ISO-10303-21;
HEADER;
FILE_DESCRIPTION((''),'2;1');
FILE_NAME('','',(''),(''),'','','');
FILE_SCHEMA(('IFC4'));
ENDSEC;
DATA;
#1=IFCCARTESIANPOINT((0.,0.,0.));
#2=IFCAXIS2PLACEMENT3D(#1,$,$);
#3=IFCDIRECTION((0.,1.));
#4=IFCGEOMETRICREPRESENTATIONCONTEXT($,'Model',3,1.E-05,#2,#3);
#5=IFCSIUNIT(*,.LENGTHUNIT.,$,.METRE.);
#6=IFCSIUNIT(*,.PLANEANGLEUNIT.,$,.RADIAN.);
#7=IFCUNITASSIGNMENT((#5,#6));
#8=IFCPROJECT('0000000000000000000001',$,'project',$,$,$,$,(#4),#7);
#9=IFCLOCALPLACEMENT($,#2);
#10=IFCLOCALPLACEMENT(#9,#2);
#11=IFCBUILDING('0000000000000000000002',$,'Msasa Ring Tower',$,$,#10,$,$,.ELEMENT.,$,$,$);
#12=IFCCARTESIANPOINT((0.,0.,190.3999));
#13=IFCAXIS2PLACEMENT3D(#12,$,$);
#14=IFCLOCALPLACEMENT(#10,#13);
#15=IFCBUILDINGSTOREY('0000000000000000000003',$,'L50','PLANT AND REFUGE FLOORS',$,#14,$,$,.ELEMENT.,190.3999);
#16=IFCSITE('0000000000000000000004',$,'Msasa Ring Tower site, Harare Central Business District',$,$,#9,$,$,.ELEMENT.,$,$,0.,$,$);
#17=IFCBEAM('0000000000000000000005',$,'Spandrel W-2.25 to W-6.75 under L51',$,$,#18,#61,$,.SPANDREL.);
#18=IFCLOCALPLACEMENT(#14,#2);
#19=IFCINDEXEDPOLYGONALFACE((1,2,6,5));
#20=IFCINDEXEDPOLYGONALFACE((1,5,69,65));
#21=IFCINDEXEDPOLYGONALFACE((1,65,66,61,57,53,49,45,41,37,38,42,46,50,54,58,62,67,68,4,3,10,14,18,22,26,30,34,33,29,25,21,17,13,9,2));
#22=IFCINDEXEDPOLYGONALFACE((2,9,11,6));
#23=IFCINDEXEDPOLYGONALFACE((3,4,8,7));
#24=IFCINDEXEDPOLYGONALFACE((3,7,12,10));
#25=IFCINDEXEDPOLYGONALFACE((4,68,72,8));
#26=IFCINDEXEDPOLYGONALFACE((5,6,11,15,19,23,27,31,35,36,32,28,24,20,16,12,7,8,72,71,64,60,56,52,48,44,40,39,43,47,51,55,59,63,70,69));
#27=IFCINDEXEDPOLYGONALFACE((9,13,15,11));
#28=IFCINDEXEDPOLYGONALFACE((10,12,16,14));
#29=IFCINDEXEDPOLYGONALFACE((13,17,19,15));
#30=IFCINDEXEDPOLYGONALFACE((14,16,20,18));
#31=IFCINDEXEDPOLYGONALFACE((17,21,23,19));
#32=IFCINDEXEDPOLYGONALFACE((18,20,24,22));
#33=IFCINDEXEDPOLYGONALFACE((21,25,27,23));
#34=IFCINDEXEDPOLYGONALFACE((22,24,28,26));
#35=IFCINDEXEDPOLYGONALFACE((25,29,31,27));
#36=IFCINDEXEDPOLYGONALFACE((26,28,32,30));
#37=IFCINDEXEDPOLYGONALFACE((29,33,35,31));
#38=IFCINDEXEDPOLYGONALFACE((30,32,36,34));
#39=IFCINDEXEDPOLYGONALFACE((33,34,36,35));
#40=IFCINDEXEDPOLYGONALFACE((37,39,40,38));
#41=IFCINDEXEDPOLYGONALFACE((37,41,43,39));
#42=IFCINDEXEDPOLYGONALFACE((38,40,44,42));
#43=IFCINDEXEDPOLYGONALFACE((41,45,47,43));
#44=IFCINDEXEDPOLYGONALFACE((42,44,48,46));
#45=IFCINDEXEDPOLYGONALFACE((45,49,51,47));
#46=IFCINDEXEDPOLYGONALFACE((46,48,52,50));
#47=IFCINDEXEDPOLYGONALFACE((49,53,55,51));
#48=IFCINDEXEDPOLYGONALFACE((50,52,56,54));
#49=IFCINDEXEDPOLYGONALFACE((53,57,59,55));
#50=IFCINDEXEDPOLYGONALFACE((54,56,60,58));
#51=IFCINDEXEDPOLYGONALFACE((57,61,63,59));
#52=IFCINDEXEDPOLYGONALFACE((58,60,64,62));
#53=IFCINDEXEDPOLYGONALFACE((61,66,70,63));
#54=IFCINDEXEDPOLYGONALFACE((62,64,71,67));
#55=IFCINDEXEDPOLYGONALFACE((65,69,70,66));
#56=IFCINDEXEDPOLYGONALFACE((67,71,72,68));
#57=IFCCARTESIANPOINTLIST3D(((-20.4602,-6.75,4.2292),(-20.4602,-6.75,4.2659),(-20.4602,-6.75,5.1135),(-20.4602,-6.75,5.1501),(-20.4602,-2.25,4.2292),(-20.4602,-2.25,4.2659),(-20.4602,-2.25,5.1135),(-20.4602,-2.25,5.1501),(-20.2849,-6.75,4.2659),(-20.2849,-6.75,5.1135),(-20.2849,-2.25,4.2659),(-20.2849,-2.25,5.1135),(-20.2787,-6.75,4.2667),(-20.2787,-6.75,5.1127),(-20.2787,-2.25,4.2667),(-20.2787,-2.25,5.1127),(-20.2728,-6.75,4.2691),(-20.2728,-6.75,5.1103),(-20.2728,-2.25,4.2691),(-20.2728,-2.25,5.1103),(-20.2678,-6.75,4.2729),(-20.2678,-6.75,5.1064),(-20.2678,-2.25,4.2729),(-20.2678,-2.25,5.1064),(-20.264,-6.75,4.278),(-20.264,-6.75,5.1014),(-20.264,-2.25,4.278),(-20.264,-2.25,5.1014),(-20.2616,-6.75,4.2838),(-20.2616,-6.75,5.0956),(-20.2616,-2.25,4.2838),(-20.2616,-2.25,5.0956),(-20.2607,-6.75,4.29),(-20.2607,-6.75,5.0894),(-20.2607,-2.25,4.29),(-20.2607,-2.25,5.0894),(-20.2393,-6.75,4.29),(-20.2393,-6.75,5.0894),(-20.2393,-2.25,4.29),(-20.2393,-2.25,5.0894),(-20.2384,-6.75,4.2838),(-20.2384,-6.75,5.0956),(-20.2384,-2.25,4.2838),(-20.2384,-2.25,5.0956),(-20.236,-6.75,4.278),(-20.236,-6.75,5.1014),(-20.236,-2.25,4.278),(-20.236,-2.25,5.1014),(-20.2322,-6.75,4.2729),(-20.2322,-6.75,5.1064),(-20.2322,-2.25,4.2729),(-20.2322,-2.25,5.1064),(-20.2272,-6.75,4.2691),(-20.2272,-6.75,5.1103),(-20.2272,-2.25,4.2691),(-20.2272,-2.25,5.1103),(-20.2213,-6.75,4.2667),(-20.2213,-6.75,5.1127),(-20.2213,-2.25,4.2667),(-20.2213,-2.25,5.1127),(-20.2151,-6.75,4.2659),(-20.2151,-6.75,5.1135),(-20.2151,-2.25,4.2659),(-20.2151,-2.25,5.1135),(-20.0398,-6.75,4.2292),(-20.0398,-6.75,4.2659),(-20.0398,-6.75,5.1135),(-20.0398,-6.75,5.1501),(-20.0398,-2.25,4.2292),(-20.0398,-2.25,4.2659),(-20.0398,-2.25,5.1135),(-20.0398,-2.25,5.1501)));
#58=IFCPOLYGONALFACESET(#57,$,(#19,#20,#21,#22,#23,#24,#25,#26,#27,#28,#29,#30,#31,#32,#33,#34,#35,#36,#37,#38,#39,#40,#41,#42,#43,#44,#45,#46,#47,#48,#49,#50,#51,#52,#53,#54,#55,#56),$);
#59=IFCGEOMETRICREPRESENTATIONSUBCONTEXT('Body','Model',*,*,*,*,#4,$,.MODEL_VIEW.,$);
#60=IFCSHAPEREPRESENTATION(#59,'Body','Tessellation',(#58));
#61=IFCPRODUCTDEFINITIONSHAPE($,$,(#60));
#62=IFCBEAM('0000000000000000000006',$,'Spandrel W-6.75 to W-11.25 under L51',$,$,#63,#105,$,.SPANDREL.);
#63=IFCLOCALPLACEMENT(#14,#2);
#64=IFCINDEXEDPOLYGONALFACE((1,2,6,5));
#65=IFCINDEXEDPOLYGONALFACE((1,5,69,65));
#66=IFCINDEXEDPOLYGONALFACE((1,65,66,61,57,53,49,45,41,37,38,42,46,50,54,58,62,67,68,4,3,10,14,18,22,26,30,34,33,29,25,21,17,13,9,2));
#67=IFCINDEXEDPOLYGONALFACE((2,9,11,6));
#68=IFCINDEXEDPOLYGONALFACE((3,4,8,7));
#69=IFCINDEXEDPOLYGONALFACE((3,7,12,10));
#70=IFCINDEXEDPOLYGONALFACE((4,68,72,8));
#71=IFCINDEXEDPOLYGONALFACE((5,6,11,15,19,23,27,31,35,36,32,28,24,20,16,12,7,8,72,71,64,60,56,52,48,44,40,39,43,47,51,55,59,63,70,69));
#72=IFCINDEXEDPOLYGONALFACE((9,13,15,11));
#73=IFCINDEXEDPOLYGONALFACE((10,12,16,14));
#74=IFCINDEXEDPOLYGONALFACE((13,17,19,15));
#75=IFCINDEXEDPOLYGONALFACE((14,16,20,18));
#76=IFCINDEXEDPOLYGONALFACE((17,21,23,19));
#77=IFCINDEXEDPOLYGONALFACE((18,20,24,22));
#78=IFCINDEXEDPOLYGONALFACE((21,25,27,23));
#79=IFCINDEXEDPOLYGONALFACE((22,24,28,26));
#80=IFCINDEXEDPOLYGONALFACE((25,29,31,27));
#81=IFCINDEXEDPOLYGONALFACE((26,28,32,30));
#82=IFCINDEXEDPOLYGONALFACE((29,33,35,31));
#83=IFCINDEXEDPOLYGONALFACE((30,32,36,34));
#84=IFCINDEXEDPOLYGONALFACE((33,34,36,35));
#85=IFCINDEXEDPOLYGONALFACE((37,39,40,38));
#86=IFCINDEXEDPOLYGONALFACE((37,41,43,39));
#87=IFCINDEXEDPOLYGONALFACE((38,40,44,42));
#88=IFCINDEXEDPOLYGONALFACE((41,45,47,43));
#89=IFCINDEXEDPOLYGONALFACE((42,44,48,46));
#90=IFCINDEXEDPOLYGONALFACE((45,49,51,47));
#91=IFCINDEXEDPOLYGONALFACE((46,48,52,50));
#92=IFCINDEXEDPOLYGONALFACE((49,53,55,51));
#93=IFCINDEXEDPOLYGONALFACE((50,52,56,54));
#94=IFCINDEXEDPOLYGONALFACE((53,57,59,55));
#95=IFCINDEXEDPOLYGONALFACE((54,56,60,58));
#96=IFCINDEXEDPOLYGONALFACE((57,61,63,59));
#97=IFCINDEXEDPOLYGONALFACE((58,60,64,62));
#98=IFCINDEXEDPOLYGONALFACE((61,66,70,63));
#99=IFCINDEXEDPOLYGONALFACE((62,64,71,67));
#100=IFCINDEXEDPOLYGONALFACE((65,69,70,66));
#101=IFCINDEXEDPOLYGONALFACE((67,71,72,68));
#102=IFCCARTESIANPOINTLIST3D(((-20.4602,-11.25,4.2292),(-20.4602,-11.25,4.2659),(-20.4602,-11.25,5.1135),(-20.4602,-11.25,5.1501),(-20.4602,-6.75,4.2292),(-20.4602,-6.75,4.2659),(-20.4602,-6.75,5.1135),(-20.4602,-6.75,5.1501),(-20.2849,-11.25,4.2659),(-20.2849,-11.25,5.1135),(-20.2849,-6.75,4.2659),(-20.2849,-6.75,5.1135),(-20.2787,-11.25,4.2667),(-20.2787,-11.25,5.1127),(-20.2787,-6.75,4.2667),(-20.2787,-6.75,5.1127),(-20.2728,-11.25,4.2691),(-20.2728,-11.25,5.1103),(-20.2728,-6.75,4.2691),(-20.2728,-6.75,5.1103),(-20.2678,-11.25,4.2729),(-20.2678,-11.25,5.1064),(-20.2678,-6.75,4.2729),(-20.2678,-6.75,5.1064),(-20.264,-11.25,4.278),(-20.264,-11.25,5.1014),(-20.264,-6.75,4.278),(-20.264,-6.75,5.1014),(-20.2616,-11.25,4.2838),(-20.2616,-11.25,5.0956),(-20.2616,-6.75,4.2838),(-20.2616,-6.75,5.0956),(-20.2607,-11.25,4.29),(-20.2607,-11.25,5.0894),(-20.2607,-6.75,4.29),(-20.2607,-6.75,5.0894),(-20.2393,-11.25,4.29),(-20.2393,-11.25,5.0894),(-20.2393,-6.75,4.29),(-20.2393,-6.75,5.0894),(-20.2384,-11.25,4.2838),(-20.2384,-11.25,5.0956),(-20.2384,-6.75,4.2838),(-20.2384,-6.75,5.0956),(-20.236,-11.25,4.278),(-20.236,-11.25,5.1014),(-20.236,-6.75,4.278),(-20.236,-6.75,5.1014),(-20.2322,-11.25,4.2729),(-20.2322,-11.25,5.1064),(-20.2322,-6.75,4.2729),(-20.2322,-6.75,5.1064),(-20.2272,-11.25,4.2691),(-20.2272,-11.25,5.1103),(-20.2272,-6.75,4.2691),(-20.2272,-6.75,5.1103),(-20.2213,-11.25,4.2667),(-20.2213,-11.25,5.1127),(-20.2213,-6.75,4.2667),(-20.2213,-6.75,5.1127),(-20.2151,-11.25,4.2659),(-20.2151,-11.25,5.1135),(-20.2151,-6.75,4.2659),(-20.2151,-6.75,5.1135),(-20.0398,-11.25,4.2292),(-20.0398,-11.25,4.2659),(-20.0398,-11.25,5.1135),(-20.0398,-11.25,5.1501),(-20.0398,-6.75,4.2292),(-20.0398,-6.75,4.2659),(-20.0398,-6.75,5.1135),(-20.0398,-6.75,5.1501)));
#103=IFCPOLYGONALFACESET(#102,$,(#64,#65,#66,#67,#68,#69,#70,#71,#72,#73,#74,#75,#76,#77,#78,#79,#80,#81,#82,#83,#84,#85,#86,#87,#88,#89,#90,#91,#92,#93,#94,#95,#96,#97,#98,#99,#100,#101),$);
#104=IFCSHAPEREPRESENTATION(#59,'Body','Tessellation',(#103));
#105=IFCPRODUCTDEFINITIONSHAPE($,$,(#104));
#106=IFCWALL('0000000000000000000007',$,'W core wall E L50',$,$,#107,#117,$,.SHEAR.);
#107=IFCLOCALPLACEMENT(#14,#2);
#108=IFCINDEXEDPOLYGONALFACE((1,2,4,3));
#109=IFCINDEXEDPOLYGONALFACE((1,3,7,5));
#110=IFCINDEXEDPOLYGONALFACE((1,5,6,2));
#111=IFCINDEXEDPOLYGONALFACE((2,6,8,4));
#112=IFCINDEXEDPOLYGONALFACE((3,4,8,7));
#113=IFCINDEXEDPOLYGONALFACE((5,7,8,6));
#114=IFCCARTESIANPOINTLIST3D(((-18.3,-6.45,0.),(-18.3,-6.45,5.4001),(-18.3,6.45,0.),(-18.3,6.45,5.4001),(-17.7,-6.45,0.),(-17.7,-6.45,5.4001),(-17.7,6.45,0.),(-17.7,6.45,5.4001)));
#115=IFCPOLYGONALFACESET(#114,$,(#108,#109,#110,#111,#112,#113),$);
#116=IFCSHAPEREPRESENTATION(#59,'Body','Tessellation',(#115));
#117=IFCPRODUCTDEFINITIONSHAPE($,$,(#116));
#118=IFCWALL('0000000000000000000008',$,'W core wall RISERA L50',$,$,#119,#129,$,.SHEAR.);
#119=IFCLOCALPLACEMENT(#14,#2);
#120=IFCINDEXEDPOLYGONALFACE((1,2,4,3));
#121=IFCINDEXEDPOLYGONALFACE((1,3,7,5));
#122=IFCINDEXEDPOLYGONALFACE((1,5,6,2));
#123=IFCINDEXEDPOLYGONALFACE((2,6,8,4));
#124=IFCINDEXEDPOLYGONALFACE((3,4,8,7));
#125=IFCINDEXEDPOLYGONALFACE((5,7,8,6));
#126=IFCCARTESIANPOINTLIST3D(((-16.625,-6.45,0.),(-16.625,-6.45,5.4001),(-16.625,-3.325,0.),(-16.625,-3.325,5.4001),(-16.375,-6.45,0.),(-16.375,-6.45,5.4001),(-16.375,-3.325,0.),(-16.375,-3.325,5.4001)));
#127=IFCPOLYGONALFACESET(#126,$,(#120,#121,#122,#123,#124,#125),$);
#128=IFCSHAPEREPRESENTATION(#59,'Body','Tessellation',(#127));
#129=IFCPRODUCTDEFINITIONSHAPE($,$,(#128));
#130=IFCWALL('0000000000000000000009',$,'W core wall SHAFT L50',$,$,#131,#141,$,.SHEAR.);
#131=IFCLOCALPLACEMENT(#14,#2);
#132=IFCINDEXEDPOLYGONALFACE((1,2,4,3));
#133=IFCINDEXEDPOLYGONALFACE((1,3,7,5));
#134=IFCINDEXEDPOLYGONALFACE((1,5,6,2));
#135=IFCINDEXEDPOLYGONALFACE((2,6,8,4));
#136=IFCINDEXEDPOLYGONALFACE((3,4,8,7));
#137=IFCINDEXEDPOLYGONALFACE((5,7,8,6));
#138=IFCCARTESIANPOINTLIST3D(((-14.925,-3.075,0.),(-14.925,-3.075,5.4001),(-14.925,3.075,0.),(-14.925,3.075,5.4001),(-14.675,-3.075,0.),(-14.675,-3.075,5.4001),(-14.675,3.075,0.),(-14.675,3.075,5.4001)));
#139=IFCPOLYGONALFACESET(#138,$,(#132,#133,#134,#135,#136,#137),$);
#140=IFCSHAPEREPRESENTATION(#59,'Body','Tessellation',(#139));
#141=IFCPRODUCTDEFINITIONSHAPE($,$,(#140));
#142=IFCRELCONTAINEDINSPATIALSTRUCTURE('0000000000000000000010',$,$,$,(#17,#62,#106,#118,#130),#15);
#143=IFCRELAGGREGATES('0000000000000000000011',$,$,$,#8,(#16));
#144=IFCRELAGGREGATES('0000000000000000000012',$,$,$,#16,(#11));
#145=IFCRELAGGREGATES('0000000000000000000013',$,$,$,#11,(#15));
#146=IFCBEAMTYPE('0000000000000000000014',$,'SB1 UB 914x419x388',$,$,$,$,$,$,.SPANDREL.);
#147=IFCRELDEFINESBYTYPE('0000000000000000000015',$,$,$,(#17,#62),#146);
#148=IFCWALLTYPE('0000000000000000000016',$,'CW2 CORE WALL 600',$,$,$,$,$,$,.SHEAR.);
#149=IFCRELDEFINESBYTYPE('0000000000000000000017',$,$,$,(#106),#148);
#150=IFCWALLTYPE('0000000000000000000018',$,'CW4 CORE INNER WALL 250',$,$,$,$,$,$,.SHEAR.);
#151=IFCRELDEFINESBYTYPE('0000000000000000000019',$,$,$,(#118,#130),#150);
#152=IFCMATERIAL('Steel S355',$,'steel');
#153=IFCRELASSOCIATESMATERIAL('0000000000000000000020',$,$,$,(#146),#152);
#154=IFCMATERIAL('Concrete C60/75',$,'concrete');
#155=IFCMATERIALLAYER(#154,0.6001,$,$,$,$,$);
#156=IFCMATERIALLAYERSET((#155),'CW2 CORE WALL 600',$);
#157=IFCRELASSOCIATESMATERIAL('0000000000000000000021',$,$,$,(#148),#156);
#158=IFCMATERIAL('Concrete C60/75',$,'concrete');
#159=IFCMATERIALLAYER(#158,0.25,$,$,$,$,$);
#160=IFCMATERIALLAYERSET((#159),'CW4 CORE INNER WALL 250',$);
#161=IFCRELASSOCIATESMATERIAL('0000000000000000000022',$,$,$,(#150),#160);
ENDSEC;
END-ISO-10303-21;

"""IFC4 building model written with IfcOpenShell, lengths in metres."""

from ifc_helpers import new_model, si_unit, direction, frame, frame_2d, origin, origin_2d, place, context, subcontext, project, spatial, rectangle, i_section, extrude, material, layer, layer_set, material_profile, profile_set, type_object, element, save


model = new_model("IFC4")

# Units and contexts
model_context = context("Model", 3, precision=1e-05, world=origin(), true_north=direction((0.0, 1.0)))
body_context = subcontext(model_context, "Body", "Model", "MODEL_VIEW")
ifc_project = project(units=[si_unit("LENGTHUNIT", "METRE"), si_unit("PLANEANGLEUNIT", "RADIAN")], contexts=[model_context])

# Site, building, storey
site_placement = place(None, origin())
site = spatial("IfcSite", under=ifc_project, at=site_placement, Name="Msasa Ring Tower site, Harare Central Business District", CompositionType="ELEMENT", RefElevation=0.0)
building_placement = place(site_placement, origin())
building = spatial("IfcBuilding", under=site, at=building_placement, Name="Msasa Ring Tower", CompositionType="ELEMENT")
storey_placement = place(building_placement, frame((0.0, 0.0, 190.3999)))
storey = spatial("IfcBuildingStorey", under=building, at=storey_placement, Name="L50", Description="PLANT AND REFUGE FLOORS", CompositionType="ELEMENT", Elevation=190.3999)

# Beams
ifc_material_1 = material(Name="Steel S355", Category="steel")
ifc_material_profile_1 = material_profile(ifc_material_1, i_section(OverallWidth=0.4204, OverallDepth=0.9209, WebThickness=0.0215, FlangeThickness=0.0366, FilletRadius=0.0242, at=origin_2d()), Name="UB 914x419x388")
ifc_profile_set_1 = profile_set([ifc_material_profile_1], Name="Steel S355")
beam_type_1 = type_object("IfcBeamType", Name="SB1 UB 914x419x388", PredefinedType="SPANDREL", material=ifc_profile_set_1)
for number, where, z_axis, x_axis, name in (
    (1, (-20.25, -2.25, 4.6897), (0.0, -1.0, 0.0), (1.0, 0.0, 0.0), "Spandrel W-2.25 to W-6.75 under L51"),
    (2, (-20.25, -6.75, 4.6897), (0.0, -1.0, 0.0), (1.0, 0.0, 0.0), "Spandrel W-6.75 to W-11.25 under L51"),
):
    element("IfcBeam", number, at=place(storey_placement, frame(where, z_axis=z_axis, x_axis=x_axis)), inside=storey, type_object=beam_type_1, Name=name, PredefinedType="SPANDREL", context=body_context, shape_type="SweptSolid", body=[
        extrude(i_section(OverallWidth=0.4204, OverallDepth=0.9209, WebThickness=0.0215, FlangeThickness=0.0366, FilletRadius=0.0242, at=origin_2d()), origin(), (0.0, 0.0, 1.0), 4.5),
    ])

# Walls
ifc_material_2 = material(Name="Concrete C60/75", Category="concrete")
ifc_layer_1 = layer(ifc_material_2, 0.6001)
ifc_layer_set_1 = layer_set([ifc_layer_1], Name="CW2 CORE WALL 600")
wall_type_1 = type_object("IfcWallType", Name="CW2 CORE WALL 600", PredefinedType="SHEAR", material=ifc_layer_set_1)
wall_1_placement = place(storey_placement, frame((-18.0, -6.45, 0.0), z_axis=(0.0, 0.0, 1.0), x_axis=(0.0, 1.0, 0.0)))
element("IfcWall", 3, at=wall_1_placement, inside=storey, type_object=wall_type_1, Name="W core wall E L50", PredefinedType="SHEAR", context=body_context, shape_type="SweptSolid", body=[
    extrude(rectangle(XDim=12.8999, YDim=0.6001, at=frame_2d((6.45, 0.0))), origin(), (0.0, 0.0, 1.0), 5.4001),
])
ifc_material_3 = material(Name="Concrete C60/75", Category="concrete")
ifc_layer_2 = layer(ifc_material_3, 0.25)
ifc_layer_set_2 = layer_set([ifc_layer_2], Name="CW4 CORE INNER WALL 250")
wall_type_2 = type_object("IfcWallType", Name="CW4 CORE INNER WALL 250", PredefinedType="SHEAR", material=ifc_layer_set_2)
wall_2_placement = place(storey_placement, frame((-16.5, -6.45, 0.0), z_axis=(0.0, 0.0, 1.0), x_axis=(0.0, 1.0, 0.0)))
element("IfcWall", 4, at=wall_2_placement, inside=storey, type_object=wall_type_2, Name="W core wall RISERA L50", PredefinedType="SHEAR", context=body_context, shape_type="SweptSolid", body=[
    extrude(rectangle(XDim=3.125, YDim=0.25, at=frame_2d((1.5625, 0.0))), origin(), (0.0, 0.0, 1.0), 5.4001),
])
wall_3_placement = place(storey_placement, frame((-14.8, -3.075, 0.0), z_axis=(0.0, 0.0, 1.0), x_axis=(0.0, 1.0, 0.0)))
element("IfcWall", 5, at=wall_3_placement, inside=storey, type_object=wall_type_2, Name="W core wall SHAFT L50", PredefinedType="SHEAR", context=body_context, shape_type="SweptSolid", body=[
    extrude(rectangle(XDim=6.1499, YDim=0.25, at=frame_2d((3.075, 0.0))), origin(), (0.0, 0.0, 1.0), 5.4001),
])

save(model, "model.ifc")
